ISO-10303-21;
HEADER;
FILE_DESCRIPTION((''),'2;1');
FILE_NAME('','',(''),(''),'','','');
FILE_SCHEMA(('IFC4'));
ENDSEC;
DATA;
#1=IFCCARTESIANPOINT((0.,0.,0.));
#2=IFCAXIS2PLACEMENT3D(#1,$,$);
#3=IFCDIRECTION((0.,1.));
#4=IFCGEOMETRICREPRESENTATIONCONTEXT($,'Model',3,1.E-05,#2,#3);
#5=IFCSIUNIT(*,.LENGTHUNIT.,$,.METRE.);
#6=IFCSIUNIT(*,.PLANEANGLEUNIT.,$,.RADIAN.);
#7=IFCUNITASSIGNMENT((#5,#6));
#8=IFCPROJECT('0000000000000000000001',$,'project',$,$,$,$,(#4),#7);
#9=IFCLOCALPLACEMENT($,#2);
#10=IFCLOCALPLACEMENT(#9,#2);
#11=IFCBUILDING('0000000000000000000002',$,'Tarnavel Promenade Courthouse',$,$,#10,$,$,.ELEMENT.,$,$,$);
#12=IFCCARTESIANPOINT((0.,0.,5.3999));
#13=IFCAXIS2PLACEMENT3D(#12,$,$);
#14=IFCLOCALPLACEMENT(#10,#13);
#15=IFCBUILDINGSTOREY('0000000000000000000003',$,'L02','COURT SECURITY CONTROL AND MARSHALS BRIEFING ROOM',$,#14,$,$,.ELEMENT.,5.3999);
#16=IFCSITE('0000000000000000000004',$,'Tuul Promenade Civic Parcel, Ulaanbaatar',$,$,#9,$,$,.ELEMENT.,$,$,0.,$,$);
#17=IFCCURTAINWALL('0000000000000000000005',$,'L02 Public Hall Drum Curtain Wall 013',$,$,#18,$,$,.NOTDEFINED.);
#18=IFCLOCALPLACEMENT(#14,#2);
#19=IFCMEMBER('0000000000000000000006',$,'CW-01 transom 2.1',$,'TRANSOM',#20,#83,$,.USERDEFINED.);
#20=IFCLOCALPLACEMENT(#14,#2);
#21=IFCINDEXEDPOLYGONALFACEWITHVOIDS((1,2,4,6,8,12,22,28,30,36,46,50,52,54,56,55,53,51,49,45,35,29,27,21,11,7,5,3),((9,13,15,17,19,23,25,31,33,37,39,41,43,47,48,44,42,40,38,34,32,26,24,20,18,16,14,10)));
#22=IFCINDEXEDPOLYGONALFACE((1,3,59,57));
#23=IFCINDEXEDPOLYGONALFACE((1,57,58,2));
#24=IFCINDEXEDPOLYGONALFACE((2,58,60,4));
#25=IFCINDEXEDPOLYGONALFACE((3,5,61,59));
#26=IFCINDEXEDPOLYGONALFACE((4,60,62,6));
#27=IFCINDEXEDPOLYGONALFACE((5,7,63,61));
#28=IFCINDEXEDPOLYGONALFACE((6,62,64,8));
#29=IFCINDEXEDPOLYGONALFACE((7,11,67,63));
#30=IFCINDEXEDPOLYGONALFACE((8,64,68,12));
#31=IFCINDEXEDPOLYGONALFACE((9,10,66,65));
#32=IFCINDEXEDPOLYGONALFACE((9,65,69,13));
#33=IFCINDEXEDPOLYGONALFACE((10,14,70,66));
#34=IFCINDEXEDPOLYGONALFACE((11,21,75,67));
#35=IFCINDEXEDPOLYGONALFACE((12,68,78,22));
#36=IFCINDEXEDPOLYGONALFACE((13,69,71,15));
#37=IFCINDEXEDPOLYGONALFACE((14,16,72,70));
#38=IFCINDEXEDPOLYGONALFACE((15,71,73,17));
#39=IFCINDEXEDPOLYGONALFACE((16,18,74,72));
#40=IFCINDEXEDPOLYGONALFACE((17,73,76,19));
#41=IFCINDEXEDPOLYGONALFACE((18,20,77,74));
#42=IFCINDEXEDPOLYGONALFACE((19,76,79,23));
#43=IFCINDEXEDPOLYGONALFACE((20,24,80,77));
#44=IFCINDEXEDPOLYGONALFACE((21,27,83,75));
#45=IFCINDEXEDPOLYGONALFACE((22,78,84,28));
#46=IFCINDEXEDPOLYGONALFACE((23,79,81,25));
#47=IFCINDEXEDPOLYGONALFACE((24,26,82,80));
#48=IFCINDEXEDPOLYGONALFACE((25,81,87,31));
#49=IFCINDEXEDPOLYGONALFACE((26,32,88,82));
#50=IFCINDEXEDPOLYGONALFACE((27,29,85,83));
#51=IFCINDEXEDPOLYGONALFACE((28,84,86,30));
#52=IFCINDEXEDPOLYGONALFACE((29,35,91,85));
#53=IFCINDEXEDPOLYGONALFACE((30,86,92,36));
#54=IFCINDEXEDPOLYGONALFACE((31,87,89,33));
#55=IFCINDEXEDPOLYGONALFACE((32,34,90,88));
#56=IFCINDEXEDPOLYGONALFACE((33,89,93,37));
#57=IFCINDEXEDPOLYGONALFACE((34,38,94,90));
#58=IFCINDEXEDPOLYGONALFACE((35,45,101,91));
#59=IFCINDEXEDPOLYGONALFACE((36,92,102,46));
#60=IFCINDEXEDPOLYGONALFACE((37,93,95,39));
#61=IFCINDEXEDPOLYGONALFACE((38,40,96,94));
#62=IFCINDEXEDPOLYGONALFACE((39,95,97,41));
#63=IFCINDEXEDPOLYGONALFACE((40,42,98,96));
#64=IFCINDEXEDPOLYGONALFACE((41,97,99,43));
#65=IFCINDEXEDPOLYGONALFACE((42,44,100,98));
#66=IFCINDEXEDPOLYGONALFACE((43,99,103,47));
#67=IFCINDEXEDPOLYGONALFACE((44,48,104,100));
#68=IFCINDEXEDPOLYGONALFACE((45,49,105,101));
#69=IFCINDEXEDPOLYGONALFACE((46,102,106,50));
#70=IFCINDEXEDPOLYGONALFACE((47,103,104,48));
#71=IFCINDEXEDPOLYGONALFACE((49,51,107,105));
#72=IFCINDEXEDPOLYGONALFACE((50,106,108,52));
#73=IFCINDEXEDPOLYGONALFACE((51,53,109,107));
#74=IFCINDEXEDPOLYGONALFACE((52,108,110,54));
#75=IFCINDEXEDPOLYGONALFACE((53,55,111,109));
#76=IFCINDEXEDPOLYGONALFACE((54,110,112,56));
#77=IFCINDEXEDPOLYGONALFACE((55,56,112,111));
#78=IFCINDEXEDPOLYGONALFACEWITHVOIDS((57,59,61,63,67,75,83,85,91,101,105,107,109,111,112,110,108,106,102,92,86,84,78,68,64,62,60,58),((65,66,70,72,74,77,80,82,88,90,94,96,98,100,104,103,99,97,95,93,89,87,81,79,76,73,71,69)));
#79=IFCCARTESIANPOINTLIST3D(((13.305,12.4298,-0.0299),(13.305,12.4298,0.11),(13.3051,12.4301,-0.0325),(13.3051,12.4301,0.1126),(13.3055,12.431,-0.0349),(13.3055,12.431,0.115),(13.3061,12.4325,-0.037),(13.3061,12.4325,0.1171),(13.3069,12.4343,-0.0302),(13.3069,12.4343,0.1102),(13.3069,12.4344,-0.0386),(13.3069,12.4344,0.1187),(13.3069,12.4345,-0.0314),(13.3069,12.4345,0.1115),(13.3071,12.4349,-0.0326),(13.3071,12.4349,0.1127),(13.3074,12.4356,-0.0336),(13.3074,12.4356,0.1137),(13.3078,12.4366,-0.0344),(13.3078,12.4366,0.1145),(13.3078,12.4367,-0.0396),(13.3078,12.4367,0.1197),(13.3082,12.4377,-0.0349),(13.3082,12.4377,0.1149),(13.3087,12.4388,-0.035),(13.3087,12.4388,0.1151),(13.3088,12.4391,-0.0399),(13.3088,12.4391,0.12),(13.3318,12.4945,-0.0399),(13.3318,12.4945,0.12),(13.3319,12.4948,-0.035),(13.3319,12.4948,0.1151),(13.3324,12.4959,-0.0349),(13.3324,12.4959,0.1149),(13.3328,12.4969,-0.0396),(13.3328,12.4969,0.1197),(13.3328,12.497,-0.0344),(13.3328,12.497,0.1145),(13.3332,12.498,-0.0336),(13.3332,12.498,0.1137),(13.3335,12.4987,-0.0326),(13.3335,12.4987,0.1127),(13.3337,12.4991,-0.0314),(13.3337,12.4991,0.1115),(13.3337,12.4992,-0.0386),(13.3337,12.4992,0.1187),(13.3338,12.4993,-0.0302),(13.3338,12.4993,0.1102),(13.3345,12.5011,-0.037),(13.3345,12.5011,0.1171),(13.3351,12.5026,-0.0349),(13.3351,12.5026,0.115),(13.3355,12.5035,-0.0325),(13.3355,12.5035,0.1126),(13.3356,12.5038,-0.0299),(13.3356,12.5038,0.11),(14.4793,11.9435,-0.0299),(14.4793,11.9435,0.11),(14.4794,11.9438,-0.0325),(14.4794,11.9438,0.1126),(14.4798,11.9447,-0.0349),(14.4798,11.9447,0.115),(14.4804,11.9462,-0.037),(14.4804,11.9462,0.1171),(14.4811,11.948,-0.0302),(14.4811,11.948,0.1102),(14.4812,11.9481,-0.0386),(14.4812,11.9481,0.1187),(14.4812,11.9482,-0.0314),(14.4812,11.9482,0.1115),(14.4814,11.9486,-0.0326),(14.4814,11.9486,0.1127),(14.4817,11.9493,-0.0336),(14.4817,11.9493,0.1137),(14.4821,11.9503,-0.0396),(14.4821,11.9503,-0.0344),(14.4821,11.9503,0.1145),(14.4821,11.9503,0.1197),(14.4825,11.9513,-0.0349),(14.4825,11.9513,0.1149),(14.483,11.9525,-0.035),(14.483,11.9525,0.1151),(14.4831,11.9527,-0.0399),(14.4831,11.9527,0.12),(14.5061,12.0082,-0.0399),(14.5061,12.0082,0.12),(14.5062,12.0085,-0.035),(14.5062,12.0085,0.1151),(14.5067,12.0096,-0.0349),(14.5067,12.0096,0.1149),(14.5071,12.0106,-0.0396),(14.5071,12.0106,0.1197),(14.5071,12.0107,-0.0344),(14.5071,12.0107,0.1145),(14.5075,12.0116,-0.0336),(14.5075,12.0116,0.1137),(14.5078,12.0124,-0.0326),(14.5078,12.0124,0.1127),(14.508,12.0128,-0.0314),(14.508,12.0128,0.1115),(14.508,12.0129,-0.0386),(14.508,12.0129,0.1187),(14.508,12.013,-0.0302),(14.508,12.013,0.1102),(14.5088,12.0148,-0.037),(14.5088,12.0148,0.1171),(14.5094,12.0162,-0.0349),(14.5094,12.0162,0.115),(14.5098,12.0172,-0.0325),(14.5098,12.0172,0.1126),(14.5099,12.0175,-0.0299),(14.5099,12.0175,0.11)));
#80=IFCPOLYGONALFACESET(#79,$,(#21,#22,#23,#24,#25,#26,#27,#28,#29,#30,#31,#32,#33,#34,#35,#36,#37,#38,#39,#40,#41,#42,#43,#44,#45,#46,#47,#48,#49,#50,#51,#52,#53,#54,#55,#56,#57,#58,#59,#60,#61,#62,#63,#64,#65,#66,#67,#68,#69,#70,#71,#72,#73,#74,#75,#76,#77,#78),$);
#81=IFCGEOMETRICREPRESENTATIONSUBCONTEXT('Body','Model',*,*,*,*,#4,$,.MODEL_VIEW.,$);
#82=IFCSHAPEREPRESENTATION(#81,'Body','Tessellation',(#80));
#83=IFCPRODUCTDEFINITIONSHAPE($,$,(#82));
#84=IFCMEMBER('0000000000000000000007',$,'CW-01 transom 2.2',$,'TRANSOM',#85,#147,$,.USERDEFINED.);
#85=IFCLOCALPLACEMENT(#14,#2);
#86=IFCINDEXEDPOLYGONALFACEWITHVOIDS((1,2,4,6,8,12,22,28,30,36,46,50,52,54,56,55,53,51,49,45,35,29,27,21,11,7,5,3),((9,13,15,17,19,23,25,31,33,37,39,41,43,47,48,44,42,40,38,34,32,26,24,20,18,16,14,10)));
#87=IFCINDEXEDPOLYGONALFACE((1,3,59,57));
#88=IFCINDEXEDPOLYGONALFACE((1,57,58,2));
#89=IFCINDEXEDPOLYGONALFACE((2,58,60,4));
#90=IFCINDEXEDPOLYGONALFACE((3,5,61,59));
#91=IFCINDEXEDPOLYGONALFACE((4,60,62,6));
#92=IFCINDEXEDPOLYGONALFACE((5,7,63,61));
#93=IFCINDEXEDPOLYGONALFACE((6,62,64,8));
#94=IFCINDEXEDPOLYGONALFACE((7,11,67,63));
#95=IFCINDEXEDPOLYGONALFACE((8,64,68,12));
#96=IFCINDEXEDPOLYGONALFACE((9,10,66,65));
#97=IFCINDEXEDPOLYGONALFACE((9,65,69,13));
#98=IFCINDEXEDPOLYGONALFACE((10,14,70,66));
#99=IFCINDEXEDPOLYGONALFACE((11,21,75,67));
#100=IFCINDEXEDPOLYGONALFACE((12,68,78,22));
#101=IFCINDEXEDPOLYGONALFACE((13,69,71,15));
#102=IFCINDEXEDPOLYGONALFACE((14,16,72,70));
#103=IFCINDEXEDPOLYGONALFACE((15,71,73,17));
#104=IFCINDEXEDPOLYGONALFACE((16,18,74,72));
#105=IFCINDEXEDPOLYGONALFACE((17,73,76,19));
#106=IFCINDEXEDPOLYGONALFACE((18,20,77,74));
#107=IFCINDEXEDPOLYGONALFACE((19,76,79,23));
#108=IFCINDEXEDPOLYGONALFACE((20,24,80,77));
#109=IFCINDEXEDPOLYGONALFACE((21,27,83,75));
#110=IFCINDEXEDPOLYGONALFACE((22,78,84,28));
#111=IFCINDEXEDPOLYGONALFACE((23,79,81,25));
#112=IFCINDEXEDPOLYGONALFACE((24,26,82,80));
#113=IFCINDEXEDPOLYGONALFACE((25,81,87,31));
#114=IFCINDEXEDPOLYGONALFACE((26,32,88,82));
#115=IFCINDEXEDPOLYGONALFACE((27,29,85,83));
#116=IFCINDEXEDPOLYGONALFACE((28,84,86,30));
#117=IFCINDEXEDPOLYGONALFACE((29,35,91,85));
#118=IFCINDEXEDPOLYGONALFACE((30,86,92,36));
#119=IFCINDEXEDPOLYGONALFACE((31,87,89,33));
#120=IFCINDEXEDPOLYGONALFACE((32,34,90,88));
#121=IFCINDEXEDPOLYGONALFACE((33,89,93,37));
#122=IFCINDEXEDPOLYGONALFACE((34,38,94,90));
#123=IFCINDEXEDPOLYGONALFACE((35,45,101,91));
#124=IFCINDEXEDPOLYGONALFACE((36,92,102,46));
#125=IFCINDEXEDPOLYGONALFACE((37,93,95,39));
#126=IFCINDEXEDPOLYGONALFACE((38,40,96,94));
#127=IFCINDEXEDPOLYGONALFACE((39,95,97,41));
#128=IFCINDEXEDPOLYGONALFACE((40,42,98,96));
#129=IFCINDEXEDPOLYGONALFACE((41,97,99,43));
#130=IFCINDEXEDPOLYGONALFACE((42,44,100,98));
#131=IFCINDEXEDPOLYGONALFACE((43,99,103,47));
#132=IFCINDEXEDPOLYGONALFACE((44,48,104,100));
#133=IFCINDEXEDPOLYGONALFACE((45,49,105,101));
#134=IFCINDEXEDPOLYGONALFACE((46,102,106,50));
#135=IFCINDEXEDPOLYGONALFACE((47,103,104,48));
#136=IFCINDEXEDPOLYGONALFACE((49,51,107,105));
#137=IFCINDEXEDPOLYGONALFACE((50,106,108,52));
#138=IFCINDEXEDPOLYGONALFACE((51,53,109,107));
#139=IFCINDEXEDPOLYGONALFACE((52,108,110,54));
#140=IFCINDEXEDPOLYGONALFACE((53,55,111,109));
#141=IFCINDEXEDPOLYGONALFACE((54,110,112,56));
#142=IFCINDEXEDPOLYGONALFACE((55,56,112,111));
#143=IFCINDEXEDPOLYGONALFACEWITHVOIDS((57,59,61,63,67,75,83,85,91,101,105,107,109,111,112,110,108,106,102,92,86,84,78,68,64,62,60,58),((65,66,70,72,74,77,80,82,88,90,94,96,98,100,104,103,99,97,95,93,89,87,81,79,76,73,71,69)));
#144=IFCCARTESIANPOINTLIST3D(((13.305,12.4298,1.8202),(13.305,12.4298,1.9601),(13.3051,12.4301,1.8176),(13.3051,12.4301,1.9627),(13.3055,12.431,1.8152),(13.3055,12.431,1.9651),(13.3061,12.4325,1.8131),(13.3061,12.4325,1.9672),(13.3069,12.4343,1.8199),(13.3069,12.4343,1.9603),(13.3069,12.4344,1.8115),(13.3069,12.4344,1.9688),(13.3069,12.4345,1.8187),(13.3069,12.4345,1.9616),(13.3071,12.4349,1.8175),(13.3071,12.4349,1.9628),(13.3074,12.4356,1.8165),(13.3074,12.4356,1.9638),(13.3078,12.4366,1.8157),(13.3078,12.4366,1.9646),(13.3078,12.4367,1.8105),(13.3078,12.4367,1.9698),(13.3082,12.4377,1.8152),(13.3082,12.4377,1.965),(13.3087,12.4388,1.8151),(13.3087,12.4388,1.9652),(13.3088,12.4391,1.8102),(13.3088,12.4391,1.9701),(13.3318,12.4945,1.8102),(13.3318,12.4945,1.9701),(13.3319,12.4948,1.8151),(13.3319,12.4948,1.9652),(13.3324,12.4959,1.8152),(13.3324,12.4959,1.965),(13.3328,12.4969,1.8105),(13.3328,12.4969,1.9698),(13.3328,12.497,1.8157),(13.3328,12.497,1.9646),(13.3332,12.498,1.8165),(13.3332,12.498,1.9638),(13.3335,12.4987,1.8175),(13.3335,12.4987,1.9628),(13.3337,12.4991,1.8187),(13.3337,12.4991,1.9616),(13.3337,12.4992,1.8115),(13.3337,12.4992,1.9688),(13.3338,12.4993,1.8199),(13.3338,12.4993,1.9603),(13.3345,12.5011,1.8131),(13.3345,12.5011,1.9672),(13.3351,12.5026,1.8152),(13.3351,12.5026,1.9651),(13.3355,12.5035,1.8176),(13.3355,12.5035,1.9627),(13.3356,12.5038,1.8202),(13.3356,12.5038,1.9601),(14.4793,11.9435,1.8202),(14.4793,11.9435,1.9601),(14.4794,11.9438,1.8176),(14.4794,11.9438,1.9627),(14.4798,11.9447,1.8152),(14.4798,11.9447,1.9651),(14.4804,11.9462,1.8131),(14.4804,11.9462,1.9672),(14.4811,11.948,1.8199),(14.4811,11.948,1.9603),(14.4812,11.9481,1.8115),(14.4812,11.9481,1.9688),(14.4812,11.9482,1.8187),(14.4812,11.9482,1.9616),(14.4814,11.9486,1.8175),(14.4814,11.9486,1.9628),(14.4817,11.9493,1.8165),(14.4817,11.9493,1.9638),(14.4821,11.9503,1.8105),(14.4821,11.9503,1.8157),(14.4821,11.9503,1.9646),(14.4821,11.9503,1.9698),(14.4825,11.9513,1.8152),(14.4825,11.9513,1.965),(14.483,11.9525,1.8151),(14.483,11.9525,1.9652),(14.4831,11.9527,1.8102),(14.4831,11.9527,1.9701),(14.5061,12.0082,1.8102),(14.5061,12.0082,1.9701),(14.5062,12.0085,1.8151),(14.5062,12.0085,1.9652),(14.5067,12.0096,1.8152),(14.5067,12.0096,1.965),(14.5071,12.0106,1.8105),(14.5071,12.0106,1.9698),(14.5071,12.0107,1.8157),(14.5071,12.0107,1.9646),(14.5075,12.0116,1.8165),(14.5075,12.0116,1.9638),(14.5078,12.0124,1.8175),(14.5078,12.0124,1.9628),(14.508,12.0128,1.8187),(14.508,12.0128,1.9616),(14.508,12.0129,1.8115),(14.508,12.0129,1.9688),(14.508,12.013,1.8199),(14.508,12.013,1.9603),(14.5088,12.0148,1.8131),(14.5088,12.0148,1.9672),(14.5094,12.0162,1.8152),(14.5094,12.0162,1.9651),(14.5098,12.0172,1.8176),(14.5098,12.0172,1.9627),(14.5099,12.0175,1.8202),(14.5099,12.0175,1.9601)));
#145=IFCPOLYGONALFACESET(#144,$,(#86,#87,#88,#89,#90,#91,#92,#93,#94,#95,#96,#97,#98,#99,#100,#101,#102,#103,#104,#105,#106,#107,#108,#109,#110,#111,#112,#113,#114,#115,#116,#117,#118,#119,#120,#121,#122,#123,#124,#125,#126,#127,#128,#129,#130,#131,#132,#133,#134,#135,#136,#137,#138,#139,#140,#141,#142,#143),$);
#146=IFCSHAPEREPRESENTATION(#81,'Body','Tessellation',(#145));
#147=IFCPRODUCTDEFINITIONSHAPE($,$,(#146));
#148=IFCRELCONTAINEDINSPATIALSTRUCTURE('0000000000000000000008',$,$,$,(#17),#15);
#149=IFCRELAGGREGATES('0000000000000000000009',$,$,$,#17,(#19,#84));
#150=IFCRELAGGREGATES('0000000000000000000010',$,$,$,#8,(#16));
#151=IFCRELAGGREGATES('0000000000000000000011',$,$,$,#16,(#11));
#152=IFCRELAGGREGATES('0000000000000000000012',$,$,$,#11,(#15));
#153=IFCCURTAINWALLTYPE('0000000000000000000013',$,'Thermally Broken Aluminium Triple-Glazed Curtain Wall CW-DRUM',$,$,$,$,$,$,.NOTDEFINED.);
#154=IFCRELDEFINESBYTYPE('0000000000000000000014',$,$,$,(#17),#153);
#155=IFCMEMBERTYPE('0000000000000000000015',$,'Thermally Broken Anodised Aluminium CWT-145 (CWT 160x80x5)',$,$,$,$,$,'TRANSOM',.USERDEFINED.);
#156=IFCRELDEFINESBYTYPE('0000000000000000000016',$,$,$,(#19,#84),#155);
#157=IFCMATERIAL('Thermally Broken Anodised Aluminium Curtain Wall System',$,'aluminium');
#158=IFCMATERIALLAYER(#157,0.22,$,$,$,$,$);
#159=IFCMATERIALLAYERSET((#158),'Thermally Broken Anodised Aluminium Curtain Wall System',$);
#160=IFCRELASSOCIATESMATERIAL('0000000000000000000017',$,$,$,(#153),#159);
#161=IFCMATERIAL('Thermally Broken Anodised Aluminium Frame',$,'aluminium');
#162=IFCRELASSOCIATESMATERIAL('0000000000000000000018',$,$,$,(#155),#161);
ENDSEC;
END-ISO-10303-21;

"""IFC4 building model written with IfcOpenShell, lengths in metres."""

from ifc_helpers import new_model, si_unit, direction, frame, origin, origin_2d, place, context, subcontext, project, spatial, hollow_rectangle, extrude, material, layer, layer_set, material_profile, profile_set, type_object, element, aggregate, save


model = new_model("IFC4")

# Units and contexts
model_context = context("Model", 3, precision=1e-05, world=origin(), true_north=direction((0.0, 1.0)))
body_context = subcontext(model_context, "Body", "Model", "MODEL_VIEW")
ifc_project = project(units=[si_unit("LENGTHUNIT", "METRE"), si_unit("PLANEANGLEUNIT", "RADIAN")], contexts=[model_context])

# Site, building, storey
site_placement = place(None, origin())
site = spatial("IfcSite", under=ifc_project, at=site_placement, Name="Tuul Promenade Civic Parcel, Ulaanbaatar", CompositionType="ELEMENT", RefElevation=0.0)
building_placement = place(site_placement, origin())
building = spatial("IfcBuilding", under=site, at=building_placement, Name="Tarnavel Promenade Courthouse", CompositionType="ELEMENT")
storey_placement = place(building_placement, frame((0.0, 0.0, 5.3999)))
storey = spatial("IfcBuildingStorey", under=building, at=storey_placement, Name="L02", Description="COURT SECURITY CONTROL AND MARSHALS BRIEFING ROOM", CompositionType="ELEMENT", Elevation=5.3999)

# Curtain wall
ifc_material_1 = material(Name="Thermally Broken Anodised Aluminium Curtain Wall System", Category="aluminium")
ifc_layer_1 = layer(ifc_material_1, 0.22)
ifc_layer_set_1 = layer_set([ifc_layer_1], Name="Thermally Broken Anodised Aluminium Curtain Wall System")
curtain_wall_type = type_object("IfcCurtainWallType", Name="Thermally Broken Aluminium Triple-Glazed Curtain Wall CW-DRUM", PredefinedType="NOTDEFINED", material=ifc_layer_set_1)
curtain_wall_1_placement = place(storey_placement, origin())
curtain_wall_1 = element("IfcCurtainWall", 1, at=curtain_wall_1_placement, inside=storey, type_object=curtain_wall_type, Name="L02 Public Hall Drum Curtain Wall 013", PredefinedType="NOTDEFINED")
ifc_material_2 = material(Name="Thermally Broken Anodised Aluminium Frame", Category="aluminium")

# Members
ifc_material_profile_1 = material_profile(ifc_material_2, hollow_rectangle(XDim=0.0801, YDim=0.1599, WallThickness=0.0049, InnerFilletRadius=0.0049, OuterFilletRadius=0.01, at=origin_2d()), Name="CWT 160x80x5")
ifc_profile_set_1 = profile_set([ifc_material_profile_1], Name="Thermally Broken Anodised Aluminium Frame")
member_type_1 = type_object("IfcMemberType", Name="Thermally Broken Anodised Aluminium CWT-145 (CWT 160x80x5)", ElementType="TRANSOM", PredefinedType="USERDEFINED", material=ifc_profile_set_1)
member_1_placement = place(storey_placement, frame((13.3203, 12.4668, 0.04), z_axis=(0.923904, -0.382623, 0.0), x_axis=(0.382623, 0.923904, 0.0)))
member_1 = element("IfcMember", 2, at=member_1_placement, type_object=member_type_1, Name="CW-01 transom 2.1", ObjectType="TRANSOM", PredefinedType="USERDEFINED", context=body_context, shape_type="SweptSolid", body=[
    extrude(hollow_rectangle(XDim=0.0801, YDim=0.1599, WallThickness=0.0049, InnerFilletRadius=0.0049, OuterFilletRadius=0.01, at=origin_2d()), origin(), (0.0, 0.0, 1.0), 1.271),
])
member_2_placement = place(storey_placement, frame((13.3203, 12.4668, 1.8901), z_axis=(0.923904, -0.382623, 0.0), x_axis=(0.382623, 0.923904, 0.0)))
member_2 = element("IfcMember", 3, at=member_2_placement, type_object=member_type_1, Name="CW-01 transom 2.2", ObjectType="TRANSOM", PredefinedType="USERDEFINED", context=body_context, shape_type="SweptSolid", body=[
    extrude(hollow_rectangle(XDim=0.0801, YDim=0.1599, WallThickness=0.0049, InnerFilletRadius=0.0049, OuterFilletRadius=0.01, at=origin_2d()), origin(), (0.0, 0.0, 1.0), 1.271),
])

aggregate(curtain_wall_1, [member_1, member_2])

save(model, "model.ifc")
